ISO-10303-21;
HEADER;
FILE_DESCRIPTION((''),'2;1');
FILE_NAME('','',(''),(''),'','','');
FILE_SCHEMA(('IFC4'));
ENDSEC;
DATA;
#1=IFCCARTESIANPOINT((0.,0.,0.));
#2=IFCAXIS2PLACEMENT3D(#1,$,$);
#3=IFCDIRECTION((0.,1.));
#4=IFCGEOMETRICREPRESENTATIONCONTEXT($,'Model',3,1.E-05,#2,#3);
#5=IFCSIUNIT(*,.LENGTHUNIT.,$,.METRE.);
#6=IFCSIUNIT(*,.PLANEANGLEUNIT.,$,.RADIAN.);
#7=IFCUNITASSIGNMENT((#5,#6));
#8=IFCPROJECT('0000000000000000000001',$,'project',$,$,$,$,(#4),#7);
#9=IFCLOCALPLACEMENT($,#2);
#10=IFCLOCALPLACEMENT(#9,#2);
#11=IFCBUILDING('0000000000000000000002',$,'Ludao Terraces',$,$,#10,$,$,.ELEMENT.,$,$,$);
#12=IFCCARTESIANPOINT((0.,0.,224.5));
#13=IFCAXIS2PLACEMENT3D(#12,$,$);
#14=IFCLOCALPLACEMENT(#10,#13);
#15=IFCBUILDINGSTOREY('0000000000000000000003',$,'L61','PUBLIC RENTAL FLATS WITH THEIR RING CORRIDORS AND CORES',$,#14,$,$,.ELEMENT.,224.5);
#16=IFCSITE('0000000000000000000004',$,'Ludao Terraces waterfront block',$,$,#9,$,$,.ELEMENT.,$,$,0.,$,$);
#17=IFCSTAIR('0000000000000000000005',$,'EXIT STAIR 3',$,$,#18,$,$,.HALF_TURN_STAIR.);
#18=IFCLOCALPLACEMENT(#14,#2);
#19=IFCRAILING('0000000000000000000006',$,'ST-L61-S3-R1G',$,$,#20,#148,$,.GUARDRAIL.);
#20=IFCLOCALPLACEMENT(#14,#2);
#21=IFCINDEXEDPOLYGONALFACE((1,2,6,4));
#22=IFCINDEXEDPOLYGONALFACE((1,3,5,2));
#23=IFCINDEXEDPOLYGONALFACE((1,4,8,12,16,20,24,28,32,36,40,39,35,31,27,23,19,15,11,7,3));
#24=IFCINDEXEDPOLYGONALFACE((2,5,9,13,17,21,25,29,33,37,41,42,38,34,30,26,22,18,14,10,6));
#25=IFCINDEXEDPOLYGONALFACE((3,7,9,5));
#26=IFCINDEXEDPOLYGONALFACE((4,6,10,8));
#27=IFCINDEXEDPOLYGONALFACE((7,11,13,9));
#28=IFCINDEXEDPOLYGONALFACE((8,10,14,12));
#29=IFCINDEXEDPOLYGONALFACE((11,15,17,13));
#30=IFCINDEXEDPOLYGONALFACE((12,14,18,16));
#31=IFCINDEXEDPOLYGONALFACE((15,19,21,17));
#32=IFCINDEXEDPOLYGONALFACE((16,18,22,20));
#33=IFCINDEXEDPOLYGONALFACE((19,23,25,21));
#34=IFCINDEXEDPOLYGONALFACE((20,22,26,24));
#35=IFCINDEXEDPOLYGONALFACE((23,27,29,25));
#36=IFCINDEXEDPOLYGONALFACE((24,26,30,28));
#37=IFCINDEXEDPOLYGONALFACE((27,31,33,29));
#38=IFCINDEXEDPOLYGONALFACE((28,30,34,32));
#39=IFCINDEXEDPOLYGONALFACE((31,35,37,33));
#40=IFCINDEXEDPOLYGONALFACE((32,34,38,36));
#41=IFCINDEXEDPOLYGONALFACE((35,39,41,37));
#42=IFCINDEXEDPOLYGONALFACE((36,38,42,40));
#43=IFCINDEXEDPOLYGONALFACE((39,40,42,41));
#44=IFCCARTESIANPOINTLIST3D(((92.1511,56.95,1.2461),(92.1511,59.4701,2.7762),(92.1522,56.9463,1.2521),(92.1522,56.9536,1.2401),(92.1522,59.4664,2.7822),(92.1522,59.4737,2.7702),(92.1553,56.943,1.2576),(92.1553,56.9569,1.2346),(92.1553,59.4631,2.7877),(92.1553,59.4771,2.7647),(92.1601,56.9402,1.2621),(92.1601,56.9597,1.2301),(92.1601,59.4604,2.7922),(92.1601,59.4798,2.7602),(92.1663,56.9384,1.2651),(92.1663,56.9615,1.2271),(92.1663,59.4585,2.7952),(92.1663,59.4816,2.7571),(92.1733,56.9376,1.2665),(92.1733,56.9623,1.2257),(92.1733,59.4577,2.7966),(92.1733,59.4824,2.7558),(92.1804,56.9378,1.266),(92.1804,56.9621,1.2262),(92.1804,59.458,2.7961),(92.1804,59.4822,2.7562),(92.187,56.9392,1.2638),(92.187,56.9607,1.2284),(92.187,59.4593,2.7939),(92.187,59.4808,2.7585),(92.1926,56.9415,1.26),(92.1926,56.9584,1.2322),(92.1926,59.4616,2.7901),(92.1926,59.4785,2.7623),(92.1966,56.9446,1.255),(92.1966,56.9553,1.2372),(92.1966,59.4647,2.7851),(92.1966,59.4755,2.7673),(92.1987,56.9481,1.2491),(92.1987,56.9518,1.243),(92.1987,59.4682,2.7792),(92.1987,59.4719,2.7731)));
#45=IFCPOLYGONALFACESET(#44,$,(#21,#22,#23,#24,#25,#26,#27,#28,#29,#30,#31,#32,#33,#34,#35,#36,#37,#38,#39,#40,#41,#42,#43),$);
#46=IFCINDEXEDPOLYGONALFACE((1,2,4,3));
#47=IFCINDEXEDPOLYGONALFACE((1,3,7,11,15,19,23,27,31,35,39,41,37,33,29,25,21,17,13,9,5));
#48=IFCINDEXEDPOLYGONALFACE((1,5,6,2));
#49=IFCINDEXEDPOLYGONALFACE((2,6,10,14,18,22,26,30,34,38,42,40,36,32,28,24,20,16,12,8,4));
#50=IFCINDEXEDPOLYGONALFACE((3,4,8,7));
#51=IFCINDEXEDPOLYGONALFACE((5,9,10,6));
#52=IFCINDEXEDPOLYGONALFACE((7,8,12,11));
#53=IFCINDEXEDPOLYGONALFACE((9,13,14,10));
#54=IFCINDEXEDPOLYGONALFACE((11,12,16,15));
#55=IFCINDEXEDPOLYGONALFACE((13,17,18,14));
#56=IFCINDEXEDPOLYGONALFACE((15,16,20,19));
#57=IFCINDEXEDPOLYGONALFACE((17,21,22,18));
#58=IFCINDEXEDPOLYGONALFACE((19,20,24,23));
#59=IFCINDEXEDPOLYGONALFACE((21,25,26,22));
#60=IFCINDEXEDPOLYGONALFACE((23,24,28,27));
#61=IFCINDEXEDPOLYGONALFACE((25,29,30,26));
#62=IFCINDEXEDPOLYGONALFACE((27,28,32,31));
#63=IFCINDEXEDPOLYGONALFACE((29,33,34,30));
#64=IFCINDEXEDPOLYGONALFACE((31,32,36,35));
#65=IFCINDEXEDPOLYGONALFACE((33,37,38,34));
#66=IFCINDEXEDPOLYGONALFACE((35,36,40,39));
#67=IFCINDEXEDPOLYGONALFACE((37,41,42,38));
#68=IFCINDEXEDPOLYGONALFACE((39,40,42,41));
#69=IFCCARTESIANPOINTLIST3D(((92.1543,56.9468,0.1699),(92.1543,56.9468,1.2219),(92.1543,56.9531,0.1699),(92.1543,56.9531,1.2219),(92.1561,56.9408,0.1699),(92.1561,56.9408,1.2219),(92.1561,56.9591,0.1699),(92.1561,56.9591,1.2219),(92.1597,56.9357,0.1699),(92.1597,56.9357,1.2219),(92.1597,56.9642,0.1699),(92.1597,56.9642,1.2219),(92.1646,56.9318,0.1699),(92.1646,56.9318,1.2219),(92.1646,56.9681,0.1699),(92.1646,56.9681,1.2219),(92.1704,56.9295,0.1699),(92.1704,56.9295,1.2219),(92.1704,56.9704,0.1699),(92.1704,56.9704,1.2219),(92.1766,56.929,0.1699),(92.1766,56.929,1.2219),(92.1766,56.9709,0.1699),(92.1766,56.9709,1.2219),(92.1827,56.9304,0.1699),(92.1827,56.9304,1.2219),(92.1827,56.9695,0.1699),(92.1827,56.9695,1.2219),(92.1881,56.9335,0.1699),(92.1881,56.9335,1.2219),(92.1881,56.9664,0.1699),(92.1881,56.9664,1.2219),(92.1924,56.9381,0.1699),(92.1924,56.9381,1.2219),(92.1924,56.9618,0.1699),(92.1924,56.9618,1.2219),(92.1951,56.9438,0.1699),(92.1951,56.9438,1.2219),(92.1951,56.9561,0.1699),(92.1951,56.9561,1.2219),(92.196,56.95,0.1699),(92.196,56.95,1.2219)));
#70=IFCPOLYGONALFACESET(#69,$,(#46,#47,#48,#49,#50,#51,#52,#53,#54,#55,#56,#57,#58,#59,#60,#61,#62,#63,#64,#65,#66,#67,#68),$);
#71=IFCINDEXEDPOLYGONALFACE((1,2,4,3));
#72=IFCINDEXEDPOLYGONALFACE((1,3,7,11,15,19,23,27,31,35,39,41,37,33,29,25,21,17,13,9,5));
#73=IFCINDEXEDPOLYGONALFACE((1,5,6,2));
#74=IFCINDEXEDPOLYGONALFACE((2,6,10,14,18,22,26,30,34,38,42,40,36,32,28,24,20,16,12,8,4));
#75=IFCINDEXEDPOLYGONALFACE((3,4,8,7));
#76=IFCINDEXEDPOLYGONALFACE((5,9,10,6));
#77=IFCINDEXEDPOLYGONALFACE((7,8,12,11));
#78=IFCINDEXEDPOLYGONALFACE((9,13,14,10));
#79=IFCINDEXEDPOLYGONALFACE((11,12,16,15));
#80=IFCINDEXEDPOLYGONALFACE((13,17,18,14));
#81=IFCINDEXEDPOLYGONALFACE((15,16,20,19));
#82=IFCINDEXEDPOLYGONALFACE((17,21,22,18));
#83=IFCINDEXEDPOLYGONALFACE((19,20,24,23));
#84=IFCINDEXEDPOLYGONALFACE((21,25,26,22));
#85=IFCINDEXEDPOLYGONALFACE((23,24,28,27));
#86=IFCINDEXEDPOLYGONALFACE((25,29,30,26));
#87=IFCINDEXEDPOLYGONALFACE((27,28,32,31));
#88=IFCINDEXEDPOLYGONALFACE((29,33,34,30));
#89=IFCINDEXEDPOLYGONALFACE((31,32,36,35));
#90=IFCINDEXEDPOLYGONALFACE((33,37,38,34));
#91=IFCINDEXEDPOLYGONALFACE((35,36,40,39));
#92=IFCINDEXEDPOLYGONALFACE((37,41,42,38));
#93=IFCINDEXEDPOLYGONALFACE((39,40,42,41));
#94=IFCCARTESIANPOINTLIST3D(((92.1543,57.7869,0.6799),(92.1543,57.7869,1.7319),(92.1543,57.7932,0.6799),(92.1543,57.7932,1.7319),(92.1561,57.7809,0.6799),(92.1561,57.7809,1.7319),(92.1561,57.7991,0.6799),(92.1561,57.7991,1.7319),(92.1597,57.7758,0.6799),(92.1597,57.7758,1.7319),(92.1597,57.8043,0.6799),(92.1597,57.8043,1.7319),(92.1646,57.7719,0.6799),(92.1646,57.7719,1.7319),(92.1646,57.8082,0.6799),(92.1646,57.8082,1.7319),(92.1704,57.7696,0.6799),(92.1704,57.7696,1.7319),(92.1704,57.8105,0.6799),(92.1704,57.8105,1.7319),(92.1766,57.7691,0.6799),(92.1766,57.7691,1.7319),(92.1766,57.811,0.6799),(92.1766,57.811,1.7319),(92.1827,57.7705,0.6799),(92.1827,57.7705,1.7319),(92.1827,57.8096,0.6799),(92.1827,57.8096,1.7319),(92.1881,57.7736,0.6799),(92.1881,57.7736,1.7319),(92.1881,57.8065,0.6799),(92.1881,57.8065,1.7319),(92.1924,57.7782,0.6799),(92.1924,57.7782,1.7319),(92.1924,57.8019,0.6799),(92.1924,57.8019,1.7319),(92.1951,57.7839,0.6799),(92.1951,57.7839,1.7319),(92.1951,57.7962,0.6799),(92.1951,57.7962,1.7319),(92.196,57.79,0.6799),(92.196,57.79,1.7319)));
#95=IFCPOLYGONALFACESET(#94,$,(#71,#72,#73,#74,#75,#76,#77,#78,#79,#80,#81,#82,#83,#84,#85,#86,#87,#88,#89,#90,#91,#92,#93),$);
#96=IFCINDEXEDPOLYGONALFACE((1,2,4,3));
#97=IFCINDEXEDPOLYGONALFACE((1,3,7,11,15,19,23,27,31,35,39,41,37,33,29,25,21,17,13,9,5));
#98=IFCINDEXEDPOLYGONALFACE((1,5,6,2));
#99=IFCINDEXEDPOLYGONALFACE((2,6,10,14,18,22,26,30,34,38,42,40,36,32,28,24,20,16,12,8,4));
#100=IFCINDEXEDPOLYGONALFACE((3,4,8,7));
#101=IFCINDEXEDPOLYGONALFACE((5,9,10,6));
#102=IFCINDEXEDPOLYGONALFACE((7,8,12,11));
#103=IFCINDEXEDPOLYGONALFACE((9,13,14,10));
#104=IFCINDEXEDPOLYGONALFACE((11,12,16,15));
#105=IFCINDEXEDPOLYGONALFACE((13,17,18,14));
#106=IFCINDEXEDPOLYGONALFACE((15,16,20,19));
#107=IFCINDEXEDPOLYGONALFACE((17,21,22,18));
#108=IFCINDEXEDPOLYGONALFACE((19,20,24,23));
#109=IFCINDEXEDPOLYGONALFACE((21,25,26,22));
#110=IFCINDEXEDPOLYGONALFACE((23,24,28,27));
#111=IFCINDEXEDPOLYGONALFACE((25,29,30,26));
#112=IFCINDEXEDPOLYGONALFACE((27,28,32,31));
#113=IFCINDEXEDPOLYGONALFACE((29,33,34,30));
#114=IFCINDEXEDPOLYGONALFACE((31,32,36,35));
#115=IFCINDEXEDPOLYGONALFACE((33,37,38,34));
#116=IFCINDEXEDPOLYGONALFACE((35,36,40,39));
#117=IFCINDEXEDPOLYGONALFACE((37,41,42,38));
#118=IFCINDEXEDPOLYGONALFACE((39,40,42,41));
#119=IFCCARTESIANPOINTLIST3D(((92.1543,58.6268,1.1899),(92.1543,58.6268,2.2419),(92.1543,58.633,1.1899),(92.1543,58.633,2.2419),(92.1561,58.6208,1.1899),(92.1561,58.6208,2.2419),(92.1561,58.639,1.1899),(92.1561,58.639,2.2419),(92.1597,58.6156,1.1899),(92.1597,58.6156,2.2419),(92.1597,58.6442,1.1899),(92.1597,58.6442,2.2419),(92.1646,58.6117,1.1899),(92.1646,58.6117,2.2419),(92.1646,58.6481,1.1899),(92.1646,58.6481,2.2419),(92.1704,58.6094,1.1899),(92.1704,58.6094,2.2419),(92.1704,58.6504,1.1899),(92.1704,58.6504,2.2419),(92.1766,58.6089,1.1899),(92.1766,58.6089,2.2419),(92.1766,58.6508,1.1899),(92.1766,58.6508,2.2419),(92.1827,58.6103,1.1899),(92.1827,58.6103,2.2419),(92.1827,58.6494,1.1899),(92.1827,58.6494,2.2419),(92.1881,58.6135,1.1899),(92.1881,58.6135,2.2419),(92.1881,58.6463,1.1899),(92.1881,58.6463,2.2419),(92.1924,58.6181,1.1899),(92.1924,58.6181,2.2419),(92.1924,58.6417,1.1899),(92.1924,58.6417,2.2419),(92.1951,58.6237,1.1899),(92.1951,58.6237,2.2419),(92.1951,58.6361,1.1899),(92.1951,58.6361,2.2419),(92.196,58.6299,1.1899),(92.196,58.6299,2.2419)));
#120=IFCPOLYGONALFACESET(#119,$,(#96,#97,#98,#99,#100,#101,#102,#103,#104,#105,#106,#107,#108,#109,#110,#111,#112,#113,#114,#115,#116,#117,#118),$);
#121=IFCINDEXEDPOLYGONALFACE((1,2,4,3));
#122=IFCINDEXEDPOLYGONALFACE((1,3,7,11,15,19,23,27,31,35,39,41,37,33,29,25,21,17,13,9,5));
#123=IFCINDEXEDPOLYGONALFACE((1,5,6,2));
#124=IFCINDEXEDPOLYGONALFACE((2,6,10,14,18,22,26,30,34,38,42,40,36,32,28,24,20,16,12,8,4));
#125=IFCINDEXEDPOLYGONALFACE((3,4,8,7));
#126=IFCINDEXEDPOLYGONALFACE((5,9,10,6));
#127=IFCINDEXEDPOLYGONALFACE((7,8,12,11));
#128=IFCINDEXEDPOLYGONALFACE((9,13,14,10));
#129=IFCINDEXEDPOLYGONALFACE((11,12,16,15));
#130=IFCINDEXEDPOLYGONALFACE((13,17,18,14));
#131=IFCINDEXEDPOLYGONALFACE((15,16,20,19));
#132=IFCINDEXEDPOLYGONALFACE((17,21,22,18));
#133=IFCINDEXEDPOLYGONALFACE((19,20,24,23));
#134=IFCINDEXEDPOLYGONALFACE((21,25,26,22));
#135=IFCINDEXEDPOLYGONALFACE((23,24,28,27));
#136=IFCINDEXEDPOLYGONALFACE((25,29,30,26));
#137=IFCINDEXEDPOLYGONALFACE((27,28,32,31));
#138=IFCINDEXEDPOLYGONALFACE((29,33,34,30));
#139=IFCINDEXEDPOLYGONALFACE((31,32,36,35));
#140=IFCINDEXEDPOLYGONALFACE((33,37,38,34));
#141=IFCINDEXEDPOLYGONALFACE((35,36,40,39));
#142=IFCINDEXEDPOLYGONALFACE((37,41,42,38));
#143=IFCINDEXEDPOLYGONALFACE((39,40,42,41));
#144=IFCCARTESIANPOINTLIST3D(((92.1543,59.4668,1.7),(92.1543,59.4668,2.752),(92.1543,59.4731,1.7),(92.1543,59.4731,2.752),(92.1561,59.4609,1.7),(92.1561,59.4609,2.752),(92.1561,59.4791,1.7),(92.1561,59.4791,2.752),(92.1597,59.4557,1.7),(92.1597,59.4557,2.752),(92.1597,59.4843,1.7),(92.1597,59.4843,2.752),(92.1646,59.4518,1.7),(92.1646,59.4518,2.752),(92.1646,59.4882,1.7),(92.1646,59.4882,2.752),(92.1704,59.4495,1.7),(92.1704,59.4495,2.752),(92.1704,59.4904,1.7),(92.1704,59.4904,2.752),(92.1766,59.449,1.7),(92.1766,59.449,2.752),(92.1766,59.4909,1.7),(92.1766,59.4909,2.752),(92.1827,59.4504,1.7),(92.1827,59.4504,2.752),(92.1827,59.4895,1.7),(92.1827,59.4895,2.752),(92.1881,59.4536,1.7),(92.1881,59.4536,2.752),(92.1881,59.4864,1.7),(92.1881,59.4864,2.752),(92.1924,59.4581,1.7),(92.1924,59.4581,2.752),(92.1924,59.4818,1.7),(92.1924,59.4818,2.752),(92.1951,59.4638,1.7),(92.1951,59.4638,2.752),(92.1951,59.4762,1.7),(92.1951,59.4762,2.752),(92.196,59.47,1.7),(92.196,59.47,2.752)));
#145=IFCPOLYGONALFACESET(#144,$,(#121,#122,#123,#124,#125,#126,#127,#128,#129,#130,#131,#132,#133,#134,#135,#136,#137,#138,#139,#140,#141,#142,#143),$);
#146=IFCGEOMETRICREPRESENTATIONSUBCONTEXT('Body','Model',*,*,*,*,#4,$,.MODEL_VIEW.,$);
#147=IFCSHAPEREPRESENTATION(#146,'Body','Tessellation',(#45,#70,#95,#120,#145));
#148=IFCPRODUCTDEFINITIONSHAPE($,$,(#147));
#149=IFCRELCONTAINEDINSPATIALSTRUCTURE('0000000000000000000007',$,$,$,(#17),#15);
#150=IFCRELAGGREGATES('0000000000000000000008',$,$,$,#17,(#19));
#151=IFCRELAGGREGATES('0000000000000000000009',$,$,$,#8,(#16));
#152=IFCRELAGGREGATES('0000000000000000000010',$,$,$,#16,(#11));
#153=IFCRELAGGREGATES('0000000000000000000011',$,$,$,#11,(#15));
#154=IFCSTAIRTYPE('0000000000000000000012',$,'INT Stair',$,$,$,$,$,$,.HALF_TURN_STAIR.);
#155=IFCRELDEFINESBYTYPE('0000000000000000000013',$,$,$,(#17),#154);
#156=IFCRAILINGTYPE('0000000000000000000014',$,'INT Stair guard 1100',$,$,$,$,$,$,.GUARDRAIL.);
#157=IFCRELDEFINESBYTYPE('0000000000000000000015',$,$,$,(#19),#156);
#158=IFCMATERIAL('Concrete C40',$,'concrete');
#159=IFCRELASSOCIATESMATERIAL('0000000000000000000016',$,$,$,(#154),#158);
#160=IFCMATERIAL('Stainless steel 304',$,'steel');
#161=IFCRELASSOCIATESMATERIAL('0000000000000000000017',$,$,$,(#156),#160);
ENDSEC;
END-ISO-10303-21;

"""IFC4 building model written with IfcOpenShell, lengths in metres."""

from ifc_helpers import new_model, si_unit, direction, frame, origin, origin_2d, place, context, subcontext, project, spatial, circle, extrude, material, type_object, element, aggregate, save


model = new_model("IFC4")

# Units and contexts
model_context = context("Model", 3, precision=1e-05, world=origin(), true_north=direction((0.0, 1.0)))
body_context = subcontext(model_context, "Body", "Model", "MODEL_VIEW")
ifc_project = project(units=[si_unit("LENGTHUNIT", "METRE"), si_unit("PLANEANGLEUNIT", "RADIAN")], contexts=[model_context])

# Site, building, storey
site_placement = place(None, origin())
site = spatial("IfcSite", under=ifc_project, at=site_placement, Name="Ludao Terraces waterfront block", CompositionType="ELEMENT", RefElevation=0.0)
building_placement = place(site_placement, origin())
building = spatial("IfcBuilding", under=site, at=building_placement, Name="Ludao Terraces", CompositionType="ELEMENT")
storey_placement = place(building_placement, frame((0.0, 0.0, 224.5)))
storey = spatial("IfcBuildingStorey", under=building, at=storey_placement, Name="L61", Description="PUBLIC RENTAL FLATS WITH THEIR RING CORRIDORS AND CORES", CompositionType="ELEMENT", Elevation=224.5)

# Shared definitions
ifc_material_1 = material(Name="Concrete C40", Category="concrete")

# Stair, railing
stair_type = type_object("IfcStairType", Name="INT Stair", PredefinedType="HALF_TURN_STAIR", material=ifc_material_1)
stair_placement = place(storey_placement, origin())
stair = element("IfcStair", 1, at=stair_placement, inside=storey, type_object=stair_type, Name="EXIT STAIR 3", PredefinedType="HALF_TURN_STAIR")
ifc_material_2 = material(Name="Stainless steel 304", Category="steel")
railing_type_1 = type_object("IfcRailingType", Name="INT Stair guard 1100", PredefinedType="GUARDRAIL", material=ifc_material_2)
railing_1_placement = place(storey_placement, frame((92.175, 56.95, 0.1699)))
railing_1 = element("IfcRailing", 2, at=railing_1_placement, type_object=railing_type_1, Name="ST-L61-S3-R1G", PredefinedType="GUARDRAIL", context=body_context, shape_type="SweptSolid", body=[
    extrude(circle(Radius=0.0239, at=origin_2d()), frame((0.0, 0.0, 1.0762), z_axis=(0.0, 0.854785, 0.518982), x_axis=(-1.0, 0.0, 0.0)), (0.0, 0.0, 1.0), 2.9482),
    extrude(circle(Radius=0.021, at=origin_2d()), origin(), (0.0, 0.0, 1.0), 1.052),
    extrude(circle(Radius=0.021, at=origin_2d()), frame((0.0, 0.8401, 0.51)), (0.0, 0.0, 1.0), 1.052),
    extrude(circle(Radius=0.021, at=origin_2d()), frame((0.0, 1.6799, 1.02)), (0.0, 0.0, 1.0), 1.052),
    extrude(circle(Radius=0.021, at=origin_2d()), frame((0.0, 2.52, 1.53)), (0.0, 0.0, 1.0), 1.052),
])
aggregate(stair, [railing_1])

save(model, "model.ifc")
